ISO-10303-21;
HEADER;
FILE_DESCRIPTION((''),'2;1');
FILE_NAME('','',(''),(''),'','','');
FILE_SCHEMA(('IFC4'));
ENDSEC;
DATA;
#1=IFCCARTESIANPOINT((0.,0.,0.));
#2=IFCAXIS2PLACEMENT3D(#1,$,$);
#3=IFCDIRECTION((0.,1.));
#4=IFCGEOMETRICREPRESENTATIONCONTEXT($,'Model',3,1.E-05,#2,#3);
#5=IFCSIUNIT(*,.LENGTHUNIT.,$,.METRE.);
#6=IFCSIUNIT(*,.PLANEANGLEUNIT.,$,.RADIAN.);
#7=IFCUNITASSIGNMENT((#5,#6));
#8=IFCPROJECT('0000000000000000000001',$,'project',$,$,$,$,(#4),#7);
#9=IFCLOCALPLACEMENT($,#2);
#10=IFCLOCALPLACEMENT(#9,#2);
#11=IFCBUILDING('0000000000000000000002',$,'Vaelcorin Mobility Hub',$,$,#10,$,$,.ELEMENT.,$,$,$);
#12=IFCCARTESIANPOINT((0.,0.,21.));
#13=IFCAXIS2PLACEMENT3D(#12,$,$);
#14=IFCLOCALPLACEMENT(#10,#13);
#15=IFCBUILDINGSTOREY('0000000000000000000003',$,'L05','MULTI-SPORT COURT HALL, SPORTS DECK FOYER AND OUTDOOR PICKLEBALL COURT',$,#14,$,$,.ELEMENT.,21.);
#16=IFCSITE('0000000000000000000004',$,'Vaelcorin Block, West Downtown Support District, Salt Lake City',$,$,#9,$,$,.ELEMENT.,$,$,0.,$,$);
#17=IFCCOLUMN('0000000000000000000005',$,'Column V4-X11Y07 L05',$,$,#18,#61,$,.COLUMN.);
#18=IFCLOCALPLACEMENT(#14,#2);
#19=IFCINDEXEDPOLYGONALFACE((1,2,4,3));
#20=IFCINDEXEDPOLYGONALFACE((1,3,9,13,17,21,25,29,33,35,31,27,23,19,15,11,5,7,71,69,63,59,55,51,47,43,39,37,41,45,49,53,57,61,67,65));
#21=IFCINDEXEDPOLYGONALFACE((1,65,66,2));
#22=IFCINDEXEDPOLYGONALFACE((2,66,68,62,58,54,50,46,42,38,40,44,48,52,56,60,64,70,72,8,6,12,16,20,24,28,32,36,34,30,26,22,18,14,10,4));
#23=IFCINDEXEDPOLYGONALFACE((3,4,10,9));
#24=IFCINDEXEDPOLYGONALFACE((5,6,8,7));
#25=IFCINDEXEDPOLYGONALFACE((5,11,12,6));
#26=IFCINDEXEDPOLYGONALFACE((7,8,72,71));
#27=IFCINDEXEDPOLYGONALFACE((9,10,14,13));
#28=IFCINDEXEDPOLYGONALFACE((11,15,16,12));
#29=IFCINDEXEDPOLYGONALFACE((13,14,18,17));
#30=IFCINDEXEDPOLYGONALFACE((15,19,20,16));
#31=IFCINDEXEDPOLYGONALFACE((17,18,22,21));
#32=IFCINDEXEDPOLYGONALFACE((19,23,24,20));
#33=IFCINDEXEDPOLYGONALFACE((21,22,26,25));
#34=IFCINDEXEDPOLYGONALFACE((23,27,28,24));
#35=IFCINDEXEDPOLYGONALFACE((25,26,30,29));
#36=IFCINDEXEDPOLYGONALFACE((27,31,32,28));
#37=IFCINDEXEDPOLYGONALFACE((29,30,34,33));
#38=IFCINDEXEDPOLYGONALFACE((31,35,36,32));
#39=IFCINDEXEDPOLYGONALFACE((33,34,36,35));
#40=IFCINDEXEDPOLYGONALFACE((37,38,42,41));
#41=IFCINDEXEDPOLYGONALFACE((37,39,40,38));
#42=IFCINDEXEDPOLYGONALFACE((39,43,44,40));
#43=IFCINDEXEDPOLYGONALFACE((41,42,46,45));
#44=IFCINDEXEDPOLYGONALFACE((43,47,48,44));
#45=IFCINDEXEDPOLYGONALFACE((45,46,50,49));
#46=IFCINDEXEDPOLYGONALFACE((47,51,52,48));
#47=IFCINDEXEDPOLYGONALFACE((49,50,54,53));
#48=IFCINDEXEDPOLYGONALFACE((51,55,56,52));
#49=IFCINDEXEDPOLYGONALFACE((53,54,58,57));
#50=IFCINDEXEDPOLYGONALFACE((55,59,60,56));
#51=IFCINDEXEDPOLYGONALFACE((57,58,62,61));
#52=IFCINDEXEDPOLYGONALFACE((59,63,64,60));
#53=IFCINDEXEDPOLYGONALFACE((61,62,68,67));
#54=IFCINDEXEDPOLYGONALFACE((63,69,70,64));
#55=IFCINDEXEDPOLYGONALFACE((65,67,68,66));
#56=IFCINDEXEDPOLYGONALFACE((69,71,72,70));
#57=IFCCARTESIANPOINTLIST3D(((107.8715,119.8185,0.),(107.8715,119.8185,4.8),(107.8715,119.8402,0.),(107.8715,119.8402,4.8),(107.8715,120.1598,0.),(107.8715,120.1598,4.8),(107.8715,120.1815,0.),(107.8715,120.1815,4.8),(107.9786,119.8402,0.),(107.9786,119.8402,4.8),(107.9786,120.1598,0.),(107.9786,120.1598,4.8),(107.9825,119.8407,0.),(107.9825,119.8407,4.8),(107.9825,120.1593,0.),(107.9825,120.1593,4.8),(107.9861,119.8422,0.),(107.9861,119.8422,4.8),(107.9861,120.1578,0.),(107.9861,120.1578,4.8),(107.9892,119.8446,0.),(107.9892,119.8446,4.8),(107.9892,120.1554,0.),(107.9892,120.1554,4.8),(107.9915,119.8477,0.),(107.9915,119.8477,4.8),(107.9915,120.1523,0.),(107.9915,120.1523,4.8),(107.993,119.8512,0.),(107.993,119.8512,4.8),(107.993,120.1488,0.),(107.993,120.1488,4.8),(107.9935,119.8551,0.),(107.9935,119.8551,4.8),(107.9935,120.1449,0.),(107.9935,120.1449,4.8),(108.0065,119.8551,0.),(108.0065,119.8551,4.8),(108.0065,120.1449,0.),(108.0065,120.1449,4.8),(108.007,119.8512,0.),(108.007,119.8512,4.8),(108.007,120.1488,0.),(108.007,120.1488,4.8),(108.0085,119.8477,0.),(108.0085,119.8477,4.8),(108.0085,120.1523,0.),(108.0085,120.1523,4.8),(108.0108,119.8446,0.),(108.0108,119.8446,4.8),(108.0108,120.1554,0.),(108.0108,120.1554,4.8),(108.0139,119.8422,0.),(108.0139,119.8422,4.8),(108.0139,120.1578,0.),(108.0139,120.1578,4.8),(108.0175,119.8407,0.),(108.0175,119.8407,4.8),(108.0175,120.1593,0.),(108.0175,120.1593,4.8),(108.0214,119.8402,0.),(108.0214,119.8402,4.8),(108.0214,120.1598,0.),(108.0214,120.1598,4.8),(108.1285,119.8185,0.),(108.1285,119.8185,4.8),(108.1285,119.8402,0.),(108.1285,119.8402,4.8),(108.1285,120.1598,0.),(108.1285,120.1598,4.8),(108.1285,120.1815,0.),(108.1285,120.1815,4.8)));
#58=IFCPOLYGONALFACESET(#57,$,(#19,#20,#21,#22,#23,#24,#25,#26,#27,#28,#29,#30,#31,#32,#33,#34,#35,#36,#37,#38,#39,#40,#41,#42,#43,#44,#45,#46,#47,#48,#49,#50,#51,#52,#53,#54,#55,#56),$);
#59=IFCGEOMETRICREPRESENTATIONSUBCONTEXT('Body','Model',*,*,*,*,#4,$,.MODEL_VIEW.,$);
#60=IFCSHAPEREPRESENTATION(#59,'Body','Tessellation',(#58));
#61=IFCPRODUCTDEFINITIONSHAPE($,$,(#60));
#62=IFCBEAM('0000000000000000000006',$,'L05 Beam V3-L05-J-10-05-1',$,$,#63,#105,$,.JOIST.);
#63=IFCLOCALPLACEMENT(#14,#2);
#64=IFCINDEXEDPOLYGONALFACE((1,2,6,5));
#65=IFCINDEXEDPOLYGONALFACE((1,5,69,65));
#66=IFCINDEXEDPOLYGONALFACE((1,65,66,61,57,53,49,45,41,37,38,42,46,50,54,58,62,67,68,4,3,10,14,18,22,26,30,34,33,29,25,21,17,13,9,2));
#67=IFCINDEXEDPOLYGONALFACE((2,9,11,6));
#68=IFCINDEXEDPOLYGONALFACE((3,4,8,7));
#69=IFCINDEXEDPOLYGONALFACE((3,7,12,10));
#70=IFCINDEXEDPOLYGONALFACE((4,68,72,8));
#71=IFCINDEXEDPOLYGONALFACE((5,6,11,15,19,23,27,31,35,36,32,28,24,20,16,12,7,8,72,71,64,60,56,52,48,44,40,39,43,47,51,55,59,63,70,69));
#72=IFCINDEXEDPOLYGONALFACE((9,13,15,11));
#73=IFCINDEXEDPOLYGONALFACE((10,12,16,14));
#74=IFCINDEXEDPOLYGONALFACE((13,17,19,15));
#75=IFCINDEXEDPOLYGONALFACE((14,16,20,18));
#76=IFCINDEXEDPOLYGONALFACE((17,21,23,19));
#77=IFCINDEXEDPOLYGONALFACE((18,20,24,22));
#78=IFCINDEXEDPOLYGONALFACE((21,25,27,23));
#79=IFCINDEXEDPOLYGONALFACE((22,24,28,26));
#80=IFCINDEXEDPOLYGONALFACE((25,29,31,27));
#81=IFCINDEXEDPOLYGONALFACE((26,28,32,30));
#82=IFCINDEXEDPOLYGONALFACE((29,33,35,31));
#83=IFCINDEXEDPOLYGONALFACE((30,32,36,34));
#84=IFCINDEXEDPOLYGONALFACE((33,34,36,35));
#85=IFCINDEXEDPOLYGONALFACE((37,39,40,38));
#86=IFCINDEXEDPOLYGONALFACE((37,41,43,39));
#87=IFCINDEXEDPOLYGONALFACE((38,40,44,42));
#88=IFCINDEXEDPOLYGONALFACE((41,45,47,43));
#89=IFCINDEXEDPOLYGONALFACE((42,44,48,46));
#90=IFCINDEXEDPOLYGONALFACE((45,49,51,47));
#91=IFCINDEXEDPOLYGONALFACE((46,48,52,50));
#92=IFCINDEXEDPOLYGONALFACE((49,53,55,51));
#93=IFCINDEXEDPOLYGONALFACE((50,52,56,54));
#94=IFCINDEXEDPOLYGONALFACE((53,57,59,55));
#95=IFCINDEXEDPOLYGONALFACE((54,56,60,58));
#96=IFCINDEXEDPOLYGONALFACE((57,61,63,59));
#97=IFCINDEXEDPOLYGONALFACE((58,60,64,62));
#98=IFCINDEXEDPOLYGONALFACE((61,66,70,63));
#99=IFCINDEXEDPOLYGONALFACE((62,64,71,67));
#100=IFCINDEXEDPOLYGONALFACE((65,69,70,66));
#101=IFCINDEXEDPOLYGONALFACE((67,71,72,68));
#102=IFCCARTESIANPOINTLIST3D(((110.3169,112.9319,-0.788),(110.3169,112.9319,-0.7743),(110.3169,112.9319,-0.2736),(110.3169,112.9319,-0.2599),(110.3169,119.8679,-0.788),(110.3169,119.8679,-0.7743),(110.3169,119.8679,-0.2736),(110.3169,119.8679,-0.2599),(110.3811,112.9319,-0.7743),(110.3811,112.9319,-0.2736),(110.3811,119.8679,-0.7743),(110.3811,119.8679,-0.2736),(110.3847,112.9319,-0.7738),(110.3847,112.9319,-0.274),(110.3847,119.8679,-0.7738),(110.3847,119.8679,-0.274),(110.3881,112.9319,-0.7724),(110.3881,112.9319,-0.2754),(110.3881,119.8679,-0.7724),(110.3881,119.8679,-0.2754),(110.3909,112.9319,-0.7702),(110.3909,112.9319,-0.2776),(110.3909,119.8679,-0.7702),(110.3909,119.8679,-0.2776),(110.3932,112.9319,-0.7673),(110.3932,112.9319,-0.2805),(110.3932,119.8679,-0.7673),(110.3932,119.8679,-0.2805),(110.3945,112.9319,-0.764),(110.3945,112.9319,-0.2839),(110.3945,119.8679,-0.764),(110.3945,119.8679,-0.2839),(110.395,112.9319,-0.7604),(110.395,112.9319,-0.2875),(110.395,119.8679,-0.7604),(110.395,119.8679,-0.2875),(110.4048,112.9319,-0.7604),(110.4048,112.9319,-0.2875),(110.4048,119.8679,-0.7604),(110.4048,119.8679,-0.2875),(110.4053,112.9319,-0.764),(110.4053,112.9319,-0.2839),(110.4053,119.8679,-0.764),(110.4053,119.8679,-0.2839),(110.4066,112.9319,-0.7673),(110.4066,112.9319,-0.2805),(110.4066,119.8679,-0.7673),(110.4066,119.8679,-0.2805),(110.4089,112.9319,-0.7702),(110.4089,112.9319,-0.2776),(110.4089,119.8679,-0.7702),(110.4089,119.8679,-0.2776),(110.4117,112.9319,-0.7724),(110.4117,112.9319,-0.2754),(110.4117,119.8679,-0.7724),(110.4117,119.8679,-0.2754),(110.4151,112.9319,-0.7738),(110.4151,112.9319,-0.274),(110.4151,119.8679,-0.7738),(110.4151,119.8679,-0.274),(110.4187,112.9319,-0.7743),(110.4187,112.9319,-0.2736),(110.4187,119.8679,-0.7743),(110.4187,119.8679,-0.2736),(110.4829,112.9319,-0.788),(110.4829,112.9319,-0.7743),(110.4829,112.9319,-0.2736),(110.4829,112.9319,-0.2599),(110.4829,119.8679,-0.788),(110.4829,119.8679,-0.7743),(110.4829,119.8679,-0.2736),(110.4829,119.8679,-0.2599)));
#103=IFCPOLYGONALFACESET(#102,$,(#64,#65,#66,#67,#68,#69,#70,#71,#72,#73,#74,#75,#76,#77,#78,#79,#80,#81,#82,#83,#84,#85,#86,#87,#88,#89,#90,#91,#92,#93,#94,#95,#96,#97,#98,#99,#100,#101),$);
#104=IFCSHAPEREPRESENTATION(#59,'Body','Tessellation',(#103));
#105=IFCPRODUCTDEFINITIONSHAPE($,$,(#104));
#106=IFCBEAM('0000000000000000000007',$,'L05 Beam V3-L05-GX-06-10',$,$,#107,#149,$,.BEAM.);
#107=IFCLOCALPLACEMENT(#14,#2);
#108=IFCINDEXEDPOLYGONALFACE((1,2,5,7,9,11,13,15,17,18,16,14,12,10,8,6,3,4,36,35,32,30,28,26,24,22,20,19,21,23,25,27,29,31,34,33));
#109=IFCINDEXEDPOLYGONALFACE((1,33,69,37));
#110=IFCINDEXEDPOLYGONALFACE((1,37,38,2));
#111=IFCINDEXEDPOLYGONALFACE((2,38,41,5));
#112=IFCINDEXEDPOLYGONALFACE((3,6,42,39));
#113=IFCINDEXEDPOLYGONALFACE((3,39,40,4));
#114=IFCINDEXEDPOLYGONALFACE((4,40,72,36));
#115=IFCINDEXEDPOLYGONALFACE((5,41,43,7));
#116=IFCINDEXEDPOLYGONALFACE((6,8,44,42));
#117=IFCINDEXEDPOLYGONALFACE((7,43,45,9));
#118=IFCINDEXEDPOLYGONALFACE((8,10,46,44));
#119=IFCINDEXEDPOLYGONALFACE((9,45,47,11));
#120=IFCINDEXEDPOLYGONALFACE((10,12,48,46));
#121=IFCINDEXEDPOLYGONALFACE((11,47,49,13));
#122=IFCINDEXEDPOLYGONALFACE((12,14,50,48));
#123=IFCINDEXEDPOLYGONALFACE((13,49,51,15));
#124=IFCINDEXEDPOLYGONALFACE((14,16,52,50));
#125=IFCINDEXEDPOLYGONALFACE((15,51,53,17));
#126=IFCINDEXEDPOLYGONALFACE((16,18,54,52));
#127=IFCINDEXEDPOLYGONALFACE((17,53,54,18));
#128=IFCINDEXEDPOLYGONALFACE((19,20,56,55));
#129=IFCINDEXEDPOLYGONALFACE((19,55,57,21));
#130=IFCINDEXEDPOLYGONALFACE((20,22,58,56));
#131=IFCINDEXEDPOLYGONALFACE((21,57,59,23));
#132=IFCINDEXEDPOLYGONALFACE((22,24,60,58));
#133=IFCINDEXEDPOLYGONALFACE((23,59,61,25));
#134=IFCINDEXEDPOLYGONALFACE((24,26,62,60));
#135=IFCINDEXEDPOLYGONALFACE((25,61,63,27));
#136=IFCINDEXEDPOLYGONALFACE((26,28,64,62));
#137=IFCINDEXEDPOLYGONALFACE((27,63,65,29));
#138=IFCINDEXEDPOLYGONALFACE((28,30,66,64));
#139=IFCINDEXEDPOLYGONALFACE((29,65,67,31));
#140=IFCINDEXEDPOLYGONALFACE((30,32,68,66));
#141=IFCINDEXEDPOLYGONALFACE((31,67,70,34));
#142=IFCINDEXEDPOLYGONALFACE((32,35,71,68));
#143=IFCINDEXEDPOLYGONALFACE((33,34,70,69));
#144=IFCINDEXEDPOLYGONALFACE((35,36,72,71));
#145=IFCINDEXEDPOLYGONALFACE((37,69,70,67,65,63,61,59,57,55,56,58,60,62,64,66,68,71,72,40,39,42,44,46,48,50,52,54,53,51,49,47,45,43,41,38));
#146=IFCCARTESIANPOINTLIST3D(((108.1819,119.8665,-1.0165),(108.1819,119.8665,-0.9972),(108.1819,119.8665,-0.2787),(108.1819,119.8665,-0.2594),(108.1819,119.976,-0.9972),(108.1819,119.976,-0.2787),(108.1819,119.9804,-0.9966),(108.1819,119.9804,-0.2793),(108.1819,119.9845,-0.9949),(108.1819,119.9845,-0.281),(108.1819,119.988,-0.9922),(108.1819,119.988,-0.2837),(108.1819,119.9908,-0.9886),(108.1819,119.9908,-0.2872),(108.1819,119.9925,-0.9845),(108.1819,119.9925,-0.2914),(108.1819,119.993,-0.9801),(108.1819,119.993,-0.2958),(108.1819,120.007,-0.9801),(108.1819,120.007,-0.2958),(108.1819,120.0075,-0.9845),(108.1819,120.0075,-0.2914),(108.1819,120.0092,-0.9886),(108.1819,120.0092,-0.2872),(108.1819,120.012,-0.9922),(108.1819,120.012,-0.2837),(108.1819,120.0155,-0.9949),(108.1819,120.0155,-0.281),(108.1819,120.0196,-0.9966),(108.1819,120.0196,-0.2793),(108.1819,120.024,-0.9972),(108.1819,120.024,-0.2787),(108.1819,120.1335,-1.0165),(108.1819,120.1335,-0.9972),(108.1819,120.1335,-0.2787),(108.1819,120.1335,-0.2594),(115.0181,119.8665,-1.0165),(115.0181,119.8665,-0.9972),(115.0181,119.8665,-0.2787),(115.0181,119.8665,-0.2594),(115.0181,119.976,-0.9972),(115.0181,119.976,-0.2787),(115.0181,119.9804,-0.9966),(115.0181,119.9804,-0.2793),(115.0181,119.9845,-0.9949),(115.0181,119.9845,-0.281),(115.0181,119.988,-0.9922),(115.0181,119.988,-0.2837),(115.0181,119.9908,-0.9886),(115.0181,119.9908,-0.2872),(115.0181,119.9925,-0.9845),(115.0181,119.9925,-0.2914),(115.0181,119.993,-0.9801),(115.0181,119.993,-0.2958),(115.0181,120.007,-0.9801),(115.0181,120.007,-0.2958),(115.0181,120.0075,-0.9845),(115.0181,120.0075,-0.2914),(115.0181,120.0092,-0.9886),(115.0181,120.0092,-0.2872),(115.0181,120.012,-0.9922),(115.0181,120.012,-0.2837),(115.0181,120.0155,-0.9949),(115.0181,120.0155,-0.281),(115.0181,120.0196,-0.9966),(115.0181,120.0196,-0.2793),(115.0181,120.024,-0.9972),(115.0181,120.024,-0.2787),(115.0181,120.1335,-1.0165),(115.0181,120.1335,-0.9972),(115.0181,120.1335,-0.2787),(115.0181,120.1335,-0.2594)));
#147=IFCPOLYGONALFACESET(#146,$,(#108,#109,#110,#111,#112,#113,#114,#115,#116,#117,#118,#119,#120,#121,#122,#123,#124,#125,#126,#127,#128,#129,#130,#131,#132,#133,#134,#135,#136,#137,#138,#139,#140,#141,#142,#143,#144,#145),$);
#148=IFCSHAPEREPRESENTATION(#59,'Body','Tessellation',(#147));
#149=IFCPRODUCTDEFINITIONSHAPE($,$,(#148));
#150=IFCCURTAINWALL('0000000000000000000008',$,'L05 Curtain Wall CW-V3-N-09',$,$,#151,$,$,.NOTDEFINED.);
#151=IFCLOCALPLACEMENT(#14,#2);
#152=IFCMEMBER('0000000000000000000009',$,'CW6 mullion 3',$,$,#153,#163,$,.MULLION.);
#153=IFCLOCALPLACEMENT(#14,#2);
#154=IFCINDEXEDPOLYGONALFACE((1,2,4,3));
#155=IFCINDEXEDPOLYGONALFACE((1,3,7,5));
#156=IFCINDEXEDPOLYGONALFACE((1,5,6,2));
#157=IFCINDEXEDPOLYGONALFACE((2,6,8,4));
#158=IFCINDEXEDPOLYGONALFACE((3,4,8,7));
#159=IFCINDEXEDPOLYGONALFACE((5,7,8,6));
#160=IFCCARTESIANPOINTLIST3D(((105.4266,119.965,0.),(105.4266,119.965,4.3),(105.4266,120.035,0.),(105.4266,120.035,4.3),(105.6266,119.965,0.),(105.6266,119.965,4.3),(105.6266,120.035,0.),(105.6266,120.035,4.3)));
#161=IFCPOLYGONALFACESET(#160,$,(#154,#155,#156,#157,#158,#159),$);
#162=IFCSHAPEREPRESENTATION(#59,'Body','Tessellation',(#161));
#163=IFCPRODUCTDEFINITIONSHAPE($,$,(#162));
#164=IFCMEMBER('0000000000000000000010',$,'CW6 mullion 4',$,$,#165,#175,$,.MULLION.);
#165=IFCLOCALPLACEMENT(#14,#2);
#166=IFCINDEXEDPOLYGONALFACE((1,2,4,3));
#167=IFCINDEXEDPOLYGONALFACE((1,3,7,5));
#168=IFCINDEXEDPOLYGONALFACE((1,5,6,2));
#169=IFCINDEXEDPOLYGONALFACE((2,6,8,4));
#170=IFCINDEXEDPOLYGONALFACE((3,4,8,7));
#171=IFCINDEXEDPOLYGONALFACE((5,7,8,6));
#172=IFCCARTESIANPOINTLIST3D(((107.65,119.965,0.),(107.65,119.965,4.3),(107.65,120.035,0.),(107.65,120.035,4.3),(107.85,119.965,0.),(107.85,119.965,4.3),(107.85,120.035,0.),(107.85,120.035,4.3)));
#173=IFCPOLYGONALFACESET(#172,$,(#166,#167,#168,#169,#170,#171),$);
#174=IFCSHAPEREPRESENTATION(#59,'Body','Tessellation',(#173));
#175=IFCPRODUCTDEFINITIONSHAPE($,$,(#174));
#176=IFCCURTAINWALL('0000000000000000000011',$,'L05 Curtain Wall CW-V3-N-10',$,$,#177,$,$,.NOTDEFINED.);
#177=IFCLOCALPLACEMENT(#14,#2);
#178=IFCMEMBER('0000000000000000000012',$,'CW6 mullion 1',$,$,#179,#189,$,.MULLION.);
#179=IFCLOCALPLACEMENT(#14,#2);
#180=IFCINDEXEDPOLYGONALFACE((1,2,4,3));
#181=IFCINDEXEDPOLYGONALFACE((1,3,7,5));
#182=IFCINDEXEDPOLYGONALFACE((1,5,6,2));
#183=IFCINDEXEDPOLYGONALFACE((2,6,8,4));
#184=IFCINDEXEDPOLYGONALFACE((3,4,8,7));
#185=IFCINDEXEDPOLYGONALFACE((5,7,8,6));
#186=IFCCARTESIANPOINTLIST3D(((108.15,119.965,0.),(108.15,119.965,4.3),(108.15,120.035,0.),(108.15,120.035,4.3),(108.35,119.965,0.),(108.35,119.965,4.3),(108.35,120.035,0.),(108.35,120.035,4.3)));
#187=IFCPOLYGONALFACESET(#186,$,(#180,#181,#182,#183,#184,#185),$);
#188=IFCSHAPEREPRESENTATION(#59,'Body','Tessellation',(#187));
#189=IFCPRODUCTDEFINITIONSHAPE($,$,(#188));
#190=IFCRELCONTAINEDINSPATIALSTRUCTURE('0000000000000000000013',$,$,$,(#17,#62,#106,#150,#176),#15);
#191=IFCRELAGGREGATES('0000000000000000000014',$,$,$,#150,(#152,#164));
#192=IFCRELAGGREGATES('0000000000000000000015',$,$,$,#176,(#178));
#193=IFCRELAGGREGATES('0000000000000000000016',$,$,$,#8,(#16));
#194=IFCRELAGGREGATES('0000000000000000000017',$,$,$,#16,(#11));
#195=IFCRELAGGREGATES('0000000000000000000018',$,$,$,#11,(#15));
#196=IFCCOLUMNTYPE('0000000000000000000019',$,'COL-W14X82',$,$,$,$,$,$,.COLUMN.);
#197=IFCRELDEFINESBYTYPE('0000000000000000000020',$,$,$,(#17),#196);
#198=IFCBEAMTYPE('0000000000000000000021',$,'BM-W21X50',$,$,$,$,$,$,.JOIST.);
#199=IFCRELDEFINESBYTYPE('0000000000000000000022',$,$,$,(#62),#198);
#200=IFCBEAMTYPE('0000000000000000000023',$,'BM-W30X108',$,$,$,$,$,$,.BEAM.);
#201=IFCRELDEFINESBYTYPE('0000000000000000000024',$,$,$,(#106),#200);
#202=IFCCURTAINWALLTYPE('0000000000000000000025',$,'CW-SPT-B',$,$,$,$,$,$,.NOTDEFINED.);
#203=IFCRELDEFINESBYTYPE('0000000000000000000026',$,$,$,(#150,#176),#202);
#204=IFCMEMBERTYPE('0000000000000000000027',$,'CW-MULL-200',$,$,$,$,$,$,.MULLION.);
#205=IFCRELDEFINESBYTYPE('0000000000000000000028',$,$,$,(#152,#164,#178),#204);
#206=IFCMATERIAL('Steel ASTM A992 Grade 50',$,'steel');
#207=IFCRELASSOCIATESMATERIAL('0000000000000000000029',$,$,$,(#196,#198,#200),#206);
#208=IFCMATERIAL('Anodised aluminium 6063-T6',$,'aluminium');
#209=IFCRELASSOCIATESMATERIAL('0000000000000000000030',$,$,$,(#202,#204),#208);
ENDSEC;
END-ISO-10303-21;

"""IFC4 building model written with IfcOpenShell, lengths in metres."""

from ifc_helpers import new_model, si_unit, direction, frame, origin, origin_2d, place, context, subcontext, project, spatial, rectangle, i_section, extrude, material, material_profile, profile_set, type_object, element, aggregate, save


model = new_model("IFC4")

# Units and contexts
model_context = context("Model", 3, precision=1e-05, world=origin(), true_north=direction((0.0, 1.0)))
body_context = subcontext(model_context, "Body", "Model", "MODEL_VIEW")
ifc_project = project(units=[si_unit("LENGTHUNIT", "METRE"), si_unit("PLANEANGLEUNIT", "RADIAN")], contexts=[model_context])

# Site, building, storey
site_placement = place(None, origin())
site = spatial("IfcSite", under=ifc_project, at=site_placement, Name="Vaelcorin Block, West Downtown Support District, Salt Lake City", CompositionType="ELEMENT", RefElevation=0.0)
building_placement = place(site_placement, origin())
building = spatial("IfcBuilding", under=site, at=building_placement, Name="Vaelcorin Mobility Hub", CompositionType="ELEMENT")
storey_placement = place(building_placement, frame((0.0, 0.0, 21.0)))
storey = spatial("IfcBuildingStorey", under=building, at=storey_placement, Name="L05", Description="MULTI-SPORT COURT HALL, SPORTS DECK FOYER AND OUTDOOR PICKLEBALL COURT", CompositionType="ELEMENT", Elevation=21.0)

# Column
ifc_material_1 = material(Name="Steel ASTM A992 Grade 50", Category="steel")
ifc_material_profile_1 = material_profile(ifc_material_1, i_section(OverallWidth=0.2571, OverallDepth=0.363, WebThickness=0.0129, FlangeThickness=0.0217, FilletRadius=0.0149, at=origin_2d()), Name="W14X82")
ifc_profile_set_1 = profile_set([ifc_material_profile_1], Name="Steel ASTM A992 Grade 50")
column_type = type_object("IfcColumnType", Name="COL-W14X82", PredefinedType="COLUMN", material=ifc_profile_set_1)
column_placement = place(storey_placement, frame((108.0, 120.0, 0.0), z_axis=(0.0, 0.0, 1.0), x_axis=(1.0, 0.0, 0.0)))
element("IfcColumn", 1, at=column_placement, inside=storey, type_object=column_type, Name="Column V4-X11Y07 L05", PredefinedType="COLUMN", context=body_context, shape_type="SweptSolid", body=[
    extrude(i_section(OverallWidth=0.2571, OverallDepth=0.363, WebThickness=0.0129, FlangeThickness=0.0217, FilletRadius=0.0149, at=origin_2d()), origin(), (0.0, 0.0, 1.0), 4.8),
])

# Beams
ifc_material_profile_2 = material_profile(ifc_material_1, i_section(OverallWidth=0.166, OverallDepth=0.5281, WebThickness=0.0098, FlangeThickness=0.0137, FilletRadius=0.0139, at=origin_2d()), Name="W21X50")
ifc_profile_set_2 = profile_set([ifc_material_profile_2], Name="Steel ASTM A992 Grade 50")
beam_type_1 = type_object("IfcBeamType", Name="BM-W21X50", PredefinedType="JOIST", material=ifc_profile_set_2)
beam_1_placement = place(storey_placement, frame((110.3999, 112.9319, -0.5239), z_axis=(0.0, 1.0, 0.0), x_axis=(-1.0, 0.0, 0.0)))
element("IfcBeam", 2, at=beam_1_placement, inside=storey, type_object=beam_type_1, Name="L05 Beam V3-L05-J-10-05-1", PredefinedType="JOIST", context=body_context, shape_type="SweptSolid", body=[
    extrude(i_section(OverallWidth=0.166, OverallDepth=0.5281, WebThickness=0.0098, FlangeThickness=0.0137, FilletRadius=0.0139, at=origin_2d()), origin(), (0.0, 0.0, 1.0), 6.936),
])
ifc_material_profile_3 = material_profile(ifc_material_1, i_section(OverallWidth=0.2671, OverallDepth=0.7571, WebThickness=0.0139, FlangeThickness=0.0193, FilletRadius=0.0171, at=origin_2d()), Name="W30X108")
ifc_profile_set_3 = profile_set([ifc_material_profile_3], Name="Steel ASTM A992 Grade 50")
beam_type_2 = type_object("IfcBeamType", Name="BM-W30X108", PredefinedType="BEAM", material=ifc_profile_set_3)
beam_2_placement = place(storey_placement, frame((108.1819, 120.0, -0.6379), z_axis=(1.0, 0.0, 0.0), x_axis=(0.0, 1.0, 0.0)))
element("IfcBeam", 3, at=beam_2_placement, inside=storey, type_object=beam_type_2, Name="L05 Beam V3-L05-GX-06-10", PredefinedType="BEAM", context=body_context, shape_type="SweptSolid", body=[
    extrude(i_section(OverallWidth=0.2671, OverallDepth=0.7571, WebThickness=0.0139, FlangeThickness=0.0193, FilletRadius=0.0171, at=origin_2d()), origin(), (0.0, 0.0, 1.0), 6.8362),
])

# Curtain walls, members
ifc_material_2 = material(Name="Anodised aluminium 6063-T6", Category="aluminium")
curtain_wall_type = type_object("IfcCurtainWallType", Name="CW-SPT-B", PredefinedType="NOTDEFINED", material=ifc_material_2)
curtain_wall_1_placement = place(storey_placement, origin())
curtain_wall_1 = element("IfcCurtainWall", 4, at=curtain_wall_1_placement, inside=storey, type_object=curtain_wall_type, Name="L05 Curtain Wall CW-V3-N-09", PredefinedType="NOTDEFINED")
ifc_material_profile_4 = material_profile(ifc_material_2, rectangle(XDim=0.0701, YDim=0.2, at=origin_2d()), Name="ALU-M70X200")
ifc_profile_set_4 = profile_set([ifc_material_profile_4], Name="Anodised aluminium 6063-T6")
member_type_1 = type_object("IfcMemberType", Name="CW-MULL-200", PredefinedType="MULLION", material=ifc_profile_set_4)
member_1_placement = place(storey_placement, frame((105.5266, 120.0, 0.0), z_axis=(0.0, 0.0, 1.0), x_axis=(0.0, 1.0, 0.0)))
member_1 = element("IfcMember", 5, at=member_1_placement, type_object=member_type_1, Name="CW6 mullion 3", PredefinedType="MULLION", context=body_context, shape_type="SweptSolid", body=[
    extrude(rectangle(XDim=0.0701, YDim=0.2, at=origin_2d()), origin(), (0.0, 0.0, 1.0), 4.3),
])
member_2_placement = place(storey_placement, frame((107.75, 120.0, 0.0), z_axis=(0.0, 0.0, 1.0), x_axis=(0.0, 1.0, 0.0)))
member_2 = element("IfcMember", 6, at=member_2_placement, type_object=member_type_1, Name="CW6 mullion 4", PredefinedType="MULLION", context=body_context, shape_type="SweptSolid", body=[
    extrude(rectangle(XDim=0.0701, YDim=0.2, at=origin_2d()), origin(), (0.0, 0.0, 1.0), 4.3),
])
curtain_wall_2_placement = place(storey_placement, origin())
curtain_wall_2 = element("IfcCurtainWall", 7, at=curtain_wall_2_placement, inside=storey, type_object=curtain_wall_type, Name="L05 Curtain Wall CW-V3-N-10", PredefinedType="NOTDEFINED")
member_3_placement = place(storey_placement, frame((108.25, 120.0, 0.0), z_axis=(0.0, 0.0, 1.0), x_axis=(0.0, 1.0, 0.0)))
member_3 = element("IfcMember", 8, at=member_3_placement, type_object=member_type_1, Name="CW6 mullion 1", PredefinedType="MULLION", context=body_context, shape_type="SweptSolid", body=[
    extrude(rectangle(XDim=0.0701, YDim=0.2, at=origin_2d()), origin(), (0.0, 0.0, 1.0), 4.3),
])

aggregate(curtain_wall_1, [member_1, member_2])
aggregate(curtain_wall_2, [member_3])

save(model, "model.ifc")
